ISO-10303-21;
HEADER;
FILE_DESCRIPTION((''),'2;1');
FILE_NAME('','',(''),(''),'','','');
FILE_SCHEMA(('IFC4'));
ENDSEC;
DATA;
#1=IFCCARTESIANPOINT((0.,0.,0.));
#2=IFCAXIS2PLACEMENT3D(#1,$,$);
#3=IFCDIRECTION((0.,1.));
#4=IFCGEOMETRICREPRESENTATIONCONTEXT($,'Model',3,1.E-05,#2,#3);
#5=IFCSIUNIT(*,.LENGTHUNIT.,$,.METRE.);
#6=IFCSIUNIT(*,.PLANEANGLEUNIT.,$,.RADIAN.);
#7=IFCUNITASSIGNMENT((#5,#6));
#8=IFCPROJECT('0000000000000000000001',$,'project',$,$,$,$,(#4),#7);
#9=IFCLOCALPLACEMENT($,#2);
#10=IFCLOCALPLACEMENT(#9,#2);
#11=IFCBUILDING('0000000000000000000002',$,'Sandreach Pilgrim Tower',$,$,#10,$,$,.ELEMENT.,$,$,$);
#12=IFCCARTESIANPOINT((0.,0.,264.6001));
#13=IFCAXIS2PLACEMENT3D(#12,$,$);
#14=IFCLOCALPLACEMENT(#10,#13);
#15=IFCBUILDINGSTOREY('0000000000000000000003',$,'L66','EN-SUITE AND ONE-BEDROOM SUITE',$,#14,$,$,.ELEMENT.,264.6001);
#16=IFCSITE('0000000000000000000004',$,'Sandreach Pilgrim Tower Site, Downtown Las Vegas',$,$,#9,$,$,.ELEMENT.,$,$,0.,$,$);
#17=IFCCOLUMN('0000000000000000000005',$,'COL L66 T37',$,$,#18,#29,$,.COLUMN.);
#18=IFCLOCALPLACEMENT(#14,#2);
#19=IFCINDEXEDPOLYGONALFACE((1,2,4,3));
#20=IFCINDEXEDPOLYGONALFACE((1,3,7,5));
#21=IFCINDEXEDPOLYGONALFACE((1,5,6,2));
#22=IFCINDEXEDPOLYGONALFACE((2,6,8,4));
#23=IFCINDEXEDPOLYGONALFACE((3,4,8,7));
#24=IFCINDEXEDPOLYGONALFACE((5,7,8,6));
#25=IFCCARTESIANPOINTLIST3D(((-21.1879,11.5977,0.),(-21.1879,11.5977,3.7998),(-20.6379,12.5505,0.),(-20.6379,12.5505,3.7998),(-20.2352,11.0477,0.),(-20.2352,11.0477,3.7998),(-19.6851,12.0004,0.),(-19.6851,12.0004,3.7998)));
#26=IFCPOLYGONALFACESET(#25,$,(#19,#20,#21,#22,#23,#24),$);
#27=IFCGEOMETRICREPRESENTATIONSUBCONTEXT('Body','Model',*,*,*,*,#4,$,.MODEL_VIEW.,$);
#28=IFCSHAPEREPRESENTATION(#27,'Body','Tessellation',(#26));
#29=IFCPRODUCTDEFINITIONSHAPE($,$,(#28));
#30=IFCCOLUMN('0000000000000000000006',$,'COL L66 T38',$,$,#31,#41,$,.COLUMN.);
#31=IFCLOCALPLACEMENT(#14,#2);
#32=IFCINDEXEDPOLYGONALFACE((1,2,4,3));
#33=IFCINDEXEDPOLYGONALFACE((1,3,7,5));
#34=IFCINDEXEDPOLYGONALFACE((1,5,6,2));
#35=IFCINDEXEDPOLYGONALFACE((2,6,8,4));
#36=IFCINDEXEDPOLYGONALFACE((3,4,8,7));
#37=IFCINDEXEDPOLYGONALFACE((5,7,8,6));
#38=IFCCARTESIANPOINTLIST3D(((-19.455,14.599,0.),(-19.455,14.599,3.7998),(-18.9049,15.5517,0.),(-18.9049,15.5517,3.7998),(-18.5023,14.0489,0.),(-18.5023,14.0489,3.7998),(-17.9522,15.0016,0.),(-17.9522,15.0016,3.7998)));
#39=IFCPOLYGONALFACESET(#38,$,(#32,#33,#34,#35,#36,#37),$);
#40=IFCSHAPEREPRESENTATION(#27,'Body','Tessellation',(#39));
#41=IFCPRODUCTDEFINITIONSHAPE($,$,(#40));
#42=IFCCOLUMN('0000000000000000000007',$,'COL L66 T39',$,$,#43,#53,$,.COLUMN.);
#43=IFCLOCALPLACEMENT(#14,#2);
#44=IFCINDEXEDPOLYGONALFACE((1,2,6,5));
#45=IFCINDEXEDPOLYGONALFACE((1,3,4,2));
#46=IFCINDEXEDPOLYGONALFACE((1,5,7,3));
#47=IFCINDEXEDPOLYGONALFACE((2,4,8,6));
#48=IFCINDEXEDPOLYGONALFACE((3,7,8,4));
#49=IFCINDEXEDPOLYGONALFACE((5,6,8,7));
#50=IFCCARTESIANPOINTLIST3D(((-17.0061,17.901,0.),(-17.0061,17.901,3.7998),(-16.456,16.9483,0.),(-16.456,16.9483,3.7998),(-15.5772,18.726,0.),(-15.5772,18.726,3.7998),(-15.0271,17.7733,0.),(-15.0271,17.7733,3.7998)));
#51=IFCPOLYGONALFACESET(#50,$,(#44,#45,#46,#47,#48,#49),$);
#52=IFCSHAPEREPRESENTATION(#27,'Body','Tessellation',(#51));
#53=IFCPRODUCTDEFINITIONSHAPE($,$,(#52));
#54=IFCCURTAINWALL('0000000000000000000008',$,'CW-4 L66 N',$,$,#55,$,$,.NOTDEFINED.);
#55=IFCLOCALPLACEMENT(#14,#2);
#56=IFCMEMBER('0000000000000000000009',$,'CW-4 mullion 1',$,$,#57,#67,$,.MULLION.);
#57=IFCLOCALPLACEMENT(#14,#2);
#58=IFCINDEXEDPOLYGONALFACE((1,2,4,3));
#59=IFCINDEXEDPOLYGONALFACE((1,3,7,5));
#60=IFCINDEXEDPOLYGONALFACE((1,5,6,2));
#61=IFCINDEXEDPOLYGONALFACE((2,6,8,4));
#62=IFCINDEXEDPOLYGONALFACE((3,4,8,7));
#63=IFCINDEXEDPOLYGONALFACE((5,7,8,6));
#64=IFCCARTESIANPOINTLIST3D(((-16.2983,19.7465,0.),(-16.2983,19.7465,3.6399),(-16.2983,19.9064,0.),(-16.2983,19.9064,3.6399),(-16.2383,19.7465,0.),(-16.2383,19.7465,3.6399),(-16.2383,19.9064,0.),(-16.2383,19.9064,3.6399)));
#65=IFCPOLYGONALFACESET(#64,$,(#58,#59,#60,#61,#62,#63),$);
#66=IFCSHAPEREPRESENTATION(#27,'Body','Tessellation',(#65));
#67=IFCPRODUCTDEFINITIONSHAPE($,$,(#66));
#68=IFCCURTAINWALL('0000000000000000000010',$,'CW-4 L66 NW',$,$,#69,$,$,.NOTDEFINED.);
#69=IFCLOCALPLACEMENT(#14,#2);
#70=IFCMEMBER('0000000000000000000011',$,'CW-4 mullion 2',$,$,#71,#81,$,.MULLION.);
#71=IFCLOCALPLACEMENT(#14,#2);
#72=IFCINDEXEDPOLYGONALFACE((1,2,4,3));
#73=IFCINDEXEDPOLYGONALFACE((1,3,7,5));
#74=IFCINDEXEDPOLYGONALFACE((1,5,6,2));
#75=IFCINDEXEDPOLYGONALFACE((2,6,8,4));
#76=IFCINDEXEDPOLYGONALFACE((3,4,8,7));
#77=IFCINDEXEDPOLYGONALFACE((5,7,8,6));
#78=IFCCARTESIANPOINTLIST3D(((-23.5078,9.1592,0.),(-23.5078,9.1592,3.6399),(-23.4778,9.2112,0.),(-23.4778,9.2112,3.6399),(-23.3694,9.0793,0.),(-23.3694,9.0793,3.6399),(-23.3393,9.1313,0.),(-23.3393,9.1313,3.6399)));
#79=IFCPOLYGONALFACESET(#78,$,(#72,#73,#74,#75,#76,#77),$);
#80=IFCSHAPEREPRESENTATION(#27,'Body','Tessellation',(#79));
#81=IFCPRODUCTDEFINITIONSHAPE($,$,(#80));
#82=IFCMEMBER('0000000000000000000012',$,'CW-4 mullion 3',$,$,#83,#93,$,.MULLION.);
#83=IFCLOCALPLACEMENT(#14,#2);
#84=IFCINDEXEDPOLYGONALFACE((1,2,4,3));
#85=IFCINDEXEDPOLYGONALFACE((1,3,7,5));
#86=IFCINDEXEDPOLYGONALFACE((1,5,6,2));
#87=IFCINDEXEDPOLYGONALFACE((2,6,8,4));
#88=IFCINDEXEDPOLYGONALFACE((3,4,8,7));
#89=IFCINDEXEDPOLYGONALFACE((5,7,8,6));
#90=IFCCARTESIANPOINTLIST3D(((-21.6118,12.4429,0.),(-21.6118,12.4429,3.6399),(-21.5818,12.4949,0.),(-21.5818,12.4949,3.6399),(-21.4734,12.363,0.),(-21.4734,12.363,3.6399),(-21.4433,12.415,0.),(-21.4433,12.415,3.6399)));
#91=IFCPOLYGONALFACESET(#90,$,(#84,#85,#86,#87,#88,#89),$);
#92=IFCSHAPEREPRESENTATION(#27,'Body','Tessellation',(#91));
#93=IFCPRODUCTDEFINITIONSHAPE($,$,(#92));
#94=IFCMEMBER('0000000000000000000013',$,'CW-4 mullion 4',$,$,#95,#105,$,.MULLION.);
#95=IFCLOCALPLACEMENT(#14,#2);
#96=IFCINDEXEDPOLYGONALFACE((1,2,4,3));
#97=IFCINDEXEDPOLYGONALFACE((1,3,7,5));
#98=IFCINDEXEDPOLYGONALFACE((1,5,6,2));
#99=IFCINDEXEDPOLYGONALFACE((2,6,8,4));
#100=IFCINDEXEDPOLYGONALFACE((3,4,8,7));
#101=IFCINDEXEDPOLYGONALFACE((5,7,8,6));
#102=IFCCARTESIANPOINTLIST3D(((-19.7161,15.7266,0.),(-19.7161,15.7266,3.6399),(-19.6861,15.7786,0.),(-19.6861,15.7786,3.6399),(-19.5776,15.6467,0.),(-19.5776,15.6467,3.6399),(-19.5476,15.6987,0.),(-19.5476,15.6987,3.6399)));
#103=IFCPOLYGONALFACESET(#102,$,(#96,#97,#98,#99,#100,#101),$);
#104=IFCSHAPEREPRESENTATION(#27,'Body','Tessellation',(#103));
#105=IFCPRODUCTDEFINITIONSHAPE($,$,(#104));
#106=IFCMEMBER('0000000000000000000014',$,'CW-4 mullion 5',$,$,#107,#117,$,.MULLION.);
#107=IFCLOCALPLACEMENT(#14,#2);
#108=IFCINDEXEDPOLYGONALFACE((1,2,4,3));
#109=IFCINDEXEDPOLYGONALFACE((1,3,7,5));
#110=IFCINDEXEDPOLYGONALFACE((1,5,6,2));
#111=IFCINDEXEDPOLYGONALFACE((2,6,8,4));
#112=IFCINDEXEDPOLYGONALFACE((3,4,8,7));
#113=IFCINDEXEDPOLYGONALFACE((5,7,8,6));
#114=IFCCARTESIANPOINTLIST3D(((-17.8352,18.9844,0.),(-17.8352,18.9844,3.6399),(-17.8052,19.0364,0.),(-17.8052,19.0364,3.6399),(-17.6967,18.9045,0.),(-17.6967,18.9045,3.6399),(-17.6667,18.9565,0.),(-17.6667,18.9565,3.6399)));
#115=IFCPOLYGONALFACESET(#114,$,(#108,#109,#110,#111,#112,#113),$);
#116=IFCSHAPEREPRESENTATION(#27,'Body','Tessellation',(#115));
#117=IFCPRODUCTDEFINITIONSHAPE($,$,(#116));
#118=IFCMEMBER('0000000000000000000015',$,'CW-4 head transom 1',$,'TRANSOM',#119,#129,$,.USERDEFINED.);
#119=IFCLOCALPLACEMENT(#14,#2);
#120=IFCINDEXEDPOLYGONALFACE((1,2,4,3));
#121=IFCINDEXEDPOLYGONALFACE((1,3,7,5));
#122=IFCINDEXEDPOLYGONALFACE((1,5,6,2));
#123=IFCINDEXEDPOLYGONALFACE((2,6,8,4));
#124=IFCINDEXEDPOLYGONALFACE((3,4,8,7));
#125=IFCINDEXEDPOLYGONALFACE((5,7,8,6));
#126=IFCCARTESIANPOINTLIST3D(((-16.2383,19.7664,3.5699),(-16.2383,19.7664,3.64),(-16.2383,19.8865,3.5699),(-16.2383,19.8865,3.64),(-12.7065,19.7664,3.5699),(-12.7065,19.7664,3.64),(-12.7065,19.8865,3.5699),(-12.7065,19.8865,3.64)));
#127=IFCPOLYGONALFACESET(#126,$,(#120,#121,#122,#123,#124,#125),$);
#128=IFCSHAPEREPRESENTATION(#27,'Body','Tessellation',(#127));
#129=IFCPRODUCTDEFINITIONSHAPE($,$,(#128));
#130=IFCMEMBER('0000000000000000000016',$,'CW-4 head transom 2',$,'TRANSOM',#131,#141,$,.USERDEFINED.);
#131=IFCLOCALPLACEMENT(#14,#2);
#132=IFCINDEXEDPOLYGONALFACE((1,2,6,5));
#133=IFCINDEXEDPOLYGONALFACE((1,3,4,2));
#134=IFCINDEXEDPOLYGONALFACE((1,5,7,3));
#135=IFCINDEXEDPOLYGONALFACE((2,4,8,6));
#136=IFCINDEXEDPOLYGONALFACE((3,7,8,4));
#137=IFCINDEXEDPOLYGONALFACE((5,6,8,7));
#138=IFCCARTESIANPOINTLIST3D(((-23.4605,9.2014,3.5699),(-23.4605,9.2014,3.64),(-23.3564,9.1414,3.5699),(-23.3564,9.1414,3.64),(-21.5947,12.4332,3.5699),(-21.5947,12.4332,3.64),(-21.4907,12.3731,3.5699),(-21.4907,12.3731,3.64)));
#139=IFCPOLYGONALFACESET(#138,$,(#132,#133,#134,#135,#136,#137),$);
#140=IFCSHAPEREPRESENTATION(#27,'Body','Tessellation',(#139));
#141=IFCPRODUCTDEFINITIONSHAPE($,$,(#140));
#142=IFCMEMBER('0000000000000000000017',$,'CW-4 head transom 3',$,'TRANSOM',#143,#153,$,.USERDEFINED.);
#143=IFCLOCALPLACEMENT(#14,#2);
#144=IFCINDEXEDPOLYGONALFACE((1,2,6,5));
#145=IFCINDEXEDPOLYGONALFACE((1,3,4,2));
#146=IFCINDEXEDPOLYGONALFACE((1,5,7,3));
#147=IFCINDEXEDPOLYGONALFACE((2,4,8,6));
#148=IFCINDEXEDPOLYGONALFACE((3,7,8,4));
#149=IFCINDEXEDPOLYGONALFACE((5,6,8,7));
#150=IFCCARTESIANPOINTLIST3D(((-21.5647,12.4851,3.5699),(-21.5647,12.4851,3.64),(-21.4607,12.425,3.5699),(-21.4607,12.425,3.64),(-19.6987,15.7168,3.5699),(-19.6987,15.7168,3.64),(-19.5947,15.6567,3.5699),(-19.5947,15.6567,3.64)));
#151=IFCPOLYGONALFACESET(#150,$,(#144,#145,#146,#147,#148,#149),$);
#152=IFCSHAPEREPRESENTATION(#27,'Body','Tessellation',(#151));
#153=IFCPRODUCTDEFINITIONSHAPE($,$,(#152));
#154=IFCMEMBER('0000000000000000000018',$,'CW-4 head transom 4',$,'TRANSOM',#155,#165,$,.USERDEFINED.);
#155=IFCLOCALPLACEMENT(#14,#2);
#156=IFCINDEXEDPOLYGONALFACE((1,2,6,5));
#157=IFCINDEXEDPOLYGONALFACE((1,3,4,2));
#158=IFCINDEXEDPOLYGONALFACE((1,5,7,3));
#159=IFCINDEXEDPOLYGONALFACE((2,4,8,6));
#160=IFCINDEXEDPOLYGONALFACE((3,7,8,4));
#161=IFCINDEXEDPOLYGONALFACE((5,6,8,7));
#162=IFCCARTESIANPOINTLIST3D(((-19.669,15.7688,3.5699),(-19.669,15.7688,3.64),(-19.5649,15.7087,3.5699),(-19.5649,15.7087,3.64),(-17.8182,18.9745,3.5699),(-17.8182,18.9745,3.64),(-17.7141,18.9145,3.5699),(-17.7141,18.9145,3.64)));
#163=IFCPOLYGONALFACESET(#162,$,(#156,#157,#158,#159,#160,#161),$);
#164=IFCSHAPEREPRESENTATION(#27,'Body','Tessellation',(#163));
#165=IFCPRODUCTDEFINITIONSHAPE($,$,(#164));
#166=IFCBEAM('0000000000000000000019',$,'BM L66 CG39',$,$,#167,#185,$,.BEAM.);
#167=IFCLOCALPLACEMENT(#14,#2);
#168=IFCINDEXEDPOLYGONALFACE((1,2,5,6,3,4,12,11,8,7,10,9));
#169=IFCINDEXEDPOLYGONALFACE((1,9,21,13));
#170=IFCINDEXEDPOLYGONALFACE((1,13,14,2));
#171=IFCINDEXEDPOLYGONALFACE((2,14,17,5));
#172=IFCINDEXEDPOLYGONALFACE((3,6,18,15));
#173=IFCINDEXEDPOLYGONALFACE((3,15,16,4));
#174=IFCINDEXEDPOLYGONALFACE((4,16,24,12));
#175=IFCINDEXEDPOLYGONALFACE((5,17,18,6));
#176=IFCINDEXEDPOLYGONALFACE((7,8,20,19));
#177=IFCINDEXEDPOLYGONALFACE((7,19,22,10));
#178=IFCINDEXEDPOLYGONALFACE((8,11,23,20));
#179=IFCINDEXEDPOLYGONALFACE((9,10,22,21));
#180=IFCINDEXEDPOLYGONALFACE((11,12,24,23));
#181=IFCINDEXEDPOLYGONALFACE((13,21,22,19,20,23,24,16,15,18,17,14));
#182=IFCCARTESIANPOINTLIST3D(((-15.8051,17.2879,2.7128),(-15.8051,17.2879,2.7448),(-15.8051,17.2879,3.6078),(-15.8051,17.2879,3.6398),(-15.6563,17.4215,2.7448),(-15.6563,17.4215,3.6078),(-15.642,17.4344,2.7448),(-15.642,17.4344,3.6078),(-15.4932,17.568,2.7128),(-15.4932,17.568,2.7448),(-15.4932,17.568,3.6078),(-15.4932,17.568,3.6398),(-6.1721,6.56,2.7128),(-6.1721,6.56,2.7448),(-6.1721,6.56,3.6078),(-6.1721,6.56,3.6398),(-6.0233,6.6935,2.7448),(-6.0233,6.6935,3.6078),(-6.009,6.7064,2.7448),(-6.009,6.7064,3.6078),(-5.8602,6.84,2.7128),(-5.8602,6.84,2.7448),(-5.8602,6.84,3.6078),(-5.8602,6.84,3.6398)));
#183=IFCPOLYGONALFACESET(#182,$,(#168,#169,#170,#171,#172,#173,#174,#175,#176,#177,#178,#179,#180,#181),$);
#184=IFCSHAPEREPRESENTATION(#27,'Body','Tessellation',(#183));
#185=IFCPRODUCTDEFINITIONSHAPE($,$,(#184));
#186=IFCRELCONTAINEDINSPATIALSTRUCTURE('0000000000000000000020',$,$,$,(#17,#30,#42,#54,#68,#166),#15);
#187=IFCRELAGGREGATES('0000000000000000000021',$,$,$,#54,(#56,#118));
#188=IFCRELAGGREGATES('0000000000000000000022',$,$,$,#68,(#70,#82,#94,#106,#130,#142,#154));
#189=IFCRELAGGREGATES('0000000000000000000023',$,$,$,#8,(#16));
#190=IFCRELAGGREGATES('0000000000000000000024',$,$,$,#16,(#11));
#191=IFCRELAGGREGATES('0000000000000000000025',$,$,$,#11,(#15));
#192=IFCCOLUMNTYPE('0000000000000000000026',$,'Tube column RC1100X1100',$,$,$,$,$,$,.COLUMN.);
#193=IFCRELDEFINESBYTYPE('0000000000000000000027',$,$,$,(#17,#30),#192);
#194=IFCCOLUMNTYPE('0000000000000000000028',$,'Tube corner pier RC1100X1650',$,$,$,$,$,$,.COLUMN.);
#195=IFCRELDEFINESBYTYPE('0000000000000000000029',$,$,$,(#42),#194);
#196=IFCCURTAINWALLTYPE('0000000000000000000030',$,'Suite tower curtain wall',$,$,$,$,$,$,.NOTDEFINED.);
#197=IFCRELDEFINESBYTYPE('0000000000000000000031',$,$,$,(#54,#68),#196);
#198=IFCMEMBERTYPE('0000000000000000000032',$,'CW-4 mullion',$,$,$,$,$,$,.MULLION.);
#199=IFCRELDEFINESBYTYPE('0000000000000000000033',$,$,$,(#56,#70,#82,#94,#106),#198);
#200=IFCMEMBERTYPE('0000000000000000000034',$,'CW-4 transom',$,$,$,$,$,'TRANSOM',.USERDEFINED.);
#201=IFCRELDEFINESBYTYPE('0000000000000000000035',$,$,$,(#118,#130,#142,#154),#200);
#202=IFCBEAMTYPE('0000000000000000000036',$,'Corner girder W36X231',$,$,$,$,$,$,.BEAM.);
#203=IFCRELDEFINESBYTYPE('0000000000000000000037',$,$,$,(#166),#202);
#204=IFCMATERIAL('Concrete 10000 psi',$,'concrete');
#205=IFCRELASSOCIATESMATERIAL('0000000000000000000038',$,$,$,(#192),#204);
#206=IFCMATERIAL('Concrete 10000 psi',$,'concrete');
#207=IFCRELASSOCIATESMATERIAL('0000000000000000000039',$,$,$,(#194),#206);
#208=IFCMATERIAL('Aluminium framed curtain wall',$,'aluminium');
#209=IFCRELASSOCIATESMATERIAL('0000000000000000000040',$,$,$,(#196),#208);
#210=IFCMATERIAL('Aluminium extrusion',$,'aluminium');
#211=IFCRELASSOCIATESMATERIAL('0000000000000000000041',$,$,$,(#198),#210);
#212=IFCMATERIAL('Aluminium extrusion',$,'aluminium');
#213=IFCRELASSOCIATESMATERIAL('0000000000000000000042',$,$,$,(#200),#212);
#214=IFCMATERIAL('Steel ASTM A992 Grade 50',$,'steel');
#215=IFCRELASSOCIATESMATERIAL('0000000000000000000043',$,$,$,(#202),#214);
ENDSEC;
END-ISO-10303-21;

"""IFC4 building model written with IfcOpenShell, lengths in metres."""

from ifc_helpers import new_model, si_unit, direction, frame, origin, origin_2d, place, context, subcontext, project, spatial, rectangle, i_section, extrude, material, material_profile, profile_set, type_object, element, aggregate, save


model = new_model("IFC4")

# Units and contexts
model_context = context("Model", 3, precision=1e-05, world=origin(), true_north=direction((0.0, 1.0)))
body_context = subcontext(model_context, "Body", "Model", "MODEL_VIEW")
ifc_project = project(units=[si_unit("LENGTHUNIT", "METRE"), si_unit("PLANEANGLEUNIT", "RADIAN")], contexts=[model_context])

# Site, building, storey
site_placement = place(None, origin())
site = spatial("IfcSite", under=ifc_project, at=site_placement, Name="Sandreach Pilgrim Tower Site, Downtown Las Vegas", CompositionType="ELEMENT", RefElevation=0.0)
building_placement = place(site_placement, origin())
building = spatial("IfcBuilding", under=site, at=building_placement, Name="Sandreach Pilgrim Tower", CompositionType="ELEMENT")
storey_placement = place(building_placement, frame((0.0, 0.0, 264.6001)))
storey = spatial("IfcBuildingStorey", under=building, at=storey_placement, Name="L66", Description="EN-SUITE AND ONE-BEDROOM SUITE", CompositionType="ELEMENT", Elevation=264.6001)

# Columns
ifc_material_1 = material(Name="Concrete 10000 psi", Category="concrete")
ifc_material_profile_1 = material_profile(ifc_material_1, rectangle(XDim=1.1001, YDim=1.1001, at=origin_2d()), Name="RC1100X1100")
ifc_profile_set_1 = profile_set([ifc_material_profile_1], Name="Concrete 10000 psi")
column_type_1 = type_object("IfcColumnType", Name="Tube column RC1100X1100", PredefinedType="COLUMN", material=ifc_profile_set_1)
for number, where, z_axis, x_axis, name in (
    (1, (-20.4365, 11.7991, 0.0), (0.0, 0.0, 1.0), (-0.866025, 0.5, 0.0), "COL L66 T37"),
    (2, (-18.7036, 14.8003, 0.0), (0.0, 0.0, 1.0), (-0.866025, 0.5, 0.0), "COL L66 T38"),
):
    element("IfcColumn", number, at=place(storey_placement, frame(where, z_axis=z_axis, x_axis=x_axis)), inside=storey, type_object=column_type_1, Name=name, PredefinedType="COLUMN", context=body_context, shape_type="SweptSolid", body=[
        extrude(rectangle(XDim=1.1001, YDim=1.1001, at=origin_2d()), origin(), (0.0, 0.0, 1.0), 3.7998),
    ])
ifc_material_2 = material(Name="Concrete 10000 psi", Category="concrete")
ifc_material_profile_2 = material_profile(ifc_material_2, rectangle(XDim=1.1001, YDim=1.6499, at=origin_2d()), Name="RC1100X1650")
ifc_profile_set_2 = profile_set([ifc_material_profile_2], Name="Concrete 10000 psi")
column_type_2 = type_object("IfcColumnType", Name="Tube corner pier RC1100X1650", PredefinedType="COLUMN", material=ifc_profile_set_2)
column_placement = place(storey_placement, frame((-16.0166, 17.8372, 0.0), z_axis=(0.0, 0.0, 1.0), x_axis=(-0.5, 0.866025, 0.0)))
element("IfcColumn", 3, at=column_placement, inside=storey, type_object=column_type_2, Name="COL L66 T39", PredefinedType="COLUMN", context=body_context, shape_type="SweptSolid", body=[
    extrude(rectangle(XDim=1.1001, YDim=1.6499, at=origin_2d()), origin(), (0.0, 0.0, 1.0), 3.7998),
])

# Curtain wall, member
ifc_material_3 = material(Name="Aluminium framed curtain wall", Category="aluminium")
curtain_wall_type = type_object("IfcCurtainWallType", Name="Suite tower curtain wall", PredefinedType="NOTDEFINED", material=ifc_material_3)
curtain_wall_1_placement = place(storey_placement, origin())
curtain_wall_1 = element("IfcCurtainWall", 4, at=curtain_wall_1_placement, inside=storey, type_object=curtain_wall_type, Name="CW-4 L66 N", PredefinedType="NOTDEFINED")
ifc_material_4 = material(Name="Aluminium extrusion", Category="aluminium")
ifc_material_profile_3 = material_profile(ifc_material_4, rectangle(XDim=0.0601, YDim=0.1599, at=origin_2d()), Name="CW-4M 60X160")
ifc_profile_set_3 = profile_set([ifc_material_profile_3], Name="Aluminium extrusion")
member_type_1 = type_object("IfcMemberType", Name="CW-4 mullion", PredefinedType="MULLION", material=ifc_profile_set_3)
member_1_placement = place(storey_placement, frame((-16.2683, 19.8264, 0.0), z_axis=(0.0, 0.0, 1.0), x_axis=(1.0, 0.0, 0.0)))
member_1 = element("IfcMember", 5, at=member_1_placement, type_object=member_type_1, Name="CW-4 mullion 1", PredefinedType="MULLION", context=body_context, shape_type="SweptSolid", body=[
    extrude(rectangle(XDim=0.0601, YDim=0.1599, at=origin_2d()), origin(), (0.0, 0.0, 1.0), 3.6399),
])

# Curtain wall, members
curtain_wall_2_placement = place(storey_placement, origin())
curtain_wall_2 = element("IfcCurtainWall", 6, at=curtain_wall_2_placement, inside=storey, type_object=curtain_wall_type, Name="CW-4 L66 NW", PredefinedType="NOTDEFINED")
member_2_placement = place(storey_placement, frame((-23.4236, 9.1453, 0.0), z_axis=(0.0, 0.0, 1.0), x_axis=(0.5, 0.866025, 0.0)))
member_2 = element("IfcMember", 7, at=member_2_placement, type_object=member_type_1, Name="CW-4 mullion 2", PredefinedType="MULLION", context=body_context, shape_type="SweptSolid", body=[
    extrude(rectangle(XDim=0.0601, YDim=0.1599, at=origin_2d()), origin(), (0.0, 0.0, 1.0), 3.6399),
])
member_3_placement = place(storey_placement, frame((-21.5276, 12.429, 0.0), z_axis=(0.0, 0.0, 1.0), x_axis=(0.5, 0.866025, 0.0)))
member_3 = element("IfcMember", 8, at=member_3_placement, type_object=member_type_1, Name="CW-4 mullion 3", PredefinedType="MULLION", context=body_context, shape_type="SweptSolid", body=[
    extrude(rectangle(XDim=0.0601, YDim=0.1599, at=origin_2d()), origin(), (0.0, 0.0, 1.0), 3.6399),
])
member_4_placement = place(storey_placement, frame((-19.6318, 15.7126, 0.0), z_axis=(0.0, 0.0, 1.0), x_axis=(0.5, 0.866025, 0.0)))
member_4 = element("IfcMember", 9, at=member_4_placement, type_object=member_type_1, Name="CW-4 mullion 4", PredefinedType="MULLION", context=body_context, shape_type="SweptSolid", body=[
    extrude(rectangle(XDim=0.0601, YDim=0.1599, at=origin_2d()), origin(), (0.0, 0.0, 1.0), 3.6399),
])
member_5_placement = place(storey_placement, frame((-17.751, 18.9705, 0.0), z_axis=(0.0, 0.0, 1.0), x_axis=(0.5, 0.866025, 0.0)))
member_5 = element("IfcMember", 10, at=member_5_placement, type_object=member_type_1, Name="CW-4 mullion 5", PredefinedType="MULLION", context=body_context, shape_type="SweptSolid", body=[
    extrude(rectangle(XDim=0.0601, YDim=0.1599, at=origin_2d()), origin(), (0.0, 0.0, 1.0), 3.6399),
])

# Members
ifc_material_5 = material(Name="Aluminium extrusion", Category="aluminium")
ifc_material_profile_4 = material_profile(ifc_material_5, rectangle(XDim=0.1201, YDim=0.0701, at=origin_2d()), Name="CW-4T 120X70")
ifc_profile_set_4 = profile_set([ifc_material_profile_4], Name="Aluminium extrusion")
member_type_2 = type_object("IfcMemberType", Name="CW-4 transom", ElementType="TRANSOM", PredefinedType="USERDEFINED", material=ifc_profile_set_4)
member_6_placement = place(storey_placement, frame((-16.2383, 19.8264, 3.605), z_axis=(1.0, 0.0, 0.0), x_axis=(0.0, 1.0, 0.0)))
member_6 = element("IfcMember", 11, at=member_6_placement, type_object=member_type_2, Name="CW-4 head transom 1", ObjectType="TRANSOM", PredefinedType="USERDEFINED", context=body_context, shape_type="SweptSolid", body=[
    extrude(rectangle(XDim=0.1201, YDim=0.0701, at=origin_2d()), origin(), (0.0, 0.0, 1.0), 3.5317),
])
member_7_placement = place(storey_placement, frame((-23.4084, 9.1714, 3.605), z_axis=(0.499981, 0.866036, 0.0), x_axis=(-0.866036, 0.499981, 0.0)))
member_7 = element("IfcMember", 12, at=member_7_placement, type_object=member_type_2, Name="CW-4 head transom 2", ObjectType="TRANSOM", PredefinedType="USERDEFINED", context=body_context, shape_type="SweptSolid", body=[
    extrude(rectangle(XDim=0.1201, YDim=0.0701, at=origin_2d()), origin(), (0.0, 0.0, 1.0), 3.7317),
])
member_8_placement = place(storey_placement, frame((-21.5127, 12.4551, 3.605), z_axis=(0.50003, 0.866008, 0.0), x_axis=(-0.866008, 0.50003, 0.0)))
member_8 = element("IfcMember", 13, at=member_8_placement, type_object=member_type_2, Name="CW-4 head transom 3", ObjectType="TRANSOM", PredefinedType="USERDEFINED", context=body_context, shape_type="SweptSolid", body=[
    extrude(rectangle(XDim=0.1201, YDim=0.0701, at=origin_2d()), origin(), (0.0, 0.0, 1.0), 3.7317),
])
member_9_placement = place(storey_placement, frame((-19.6169, 15.7388, 3.605), z_axis=(0.499991, 0.866031, 0.0), x_axis=(-0.866031, 0.499991, 0.0)))
member_9 = element("IfcMember", 14, at=member_9_placement, type_object=member_type_2, Name="CW-4 head transom 4", ObjectType="TRANSOM", PredefinedType="USERDEFINED", context=body_context, shape_type="SweptSolid", body=[
    extrude(rectangle(XDim=0.1201, YDim=0.0701, at=origin_2d()), origin(), (0.0, 0.0, 1.0), 3.7017),
])

# Beam
ifc_material_6 = material(Name="Steel ASTM A992 Grade 50", Category="steel")
ifc_material_profile_5 = material_profile(ifc_material_6, i_section(OverallWidth=0.4192, OverallDepth=0.927, WebThickness=0.0193, FlangeThickness=0.032, at=origin_2d()), Name="W36X231")
ifc_profile_set_5 = profile_set([ifc_material_profile_5], Name="Steel ASTM A992 Grade 50")
beam_type_1 = type_object("IfcBeamType", Name="Corner girder W36X231", PredefinedType="BEAM", material=ifc_profile_set_5)
beam_1_placement = place(storey_placement, frame((-15.6492, 17.428, 3.1763), z_axis=(0.668115, -0.744058, 0.0), x_axis=(0.744058, 0.668115, 0.0)))
element("IfcBeam", 15, at=beam_1_placement, inside=storey, type_object=beam_type_1, Name="BM L66 CG39", PredefinedType="BEAM", context=body_context, shape_type="SweptSolid", body=[
    extrude(i_section(OverallWidth=0.4192, OverallDepth=0.927, WebThickness=0.0193, FlangeThickness=0.032, at=origin_2d()), origin(), (0.0, 0.0, 1.0), 14.4182),
])

aggregate(curtain_wall_1, [member_1, member_6])
aggregate(curtain_wall_2, [member_2, member_3, member_4, member_5, member_7, member_8, member_9])

save(model, "model.ifc")
